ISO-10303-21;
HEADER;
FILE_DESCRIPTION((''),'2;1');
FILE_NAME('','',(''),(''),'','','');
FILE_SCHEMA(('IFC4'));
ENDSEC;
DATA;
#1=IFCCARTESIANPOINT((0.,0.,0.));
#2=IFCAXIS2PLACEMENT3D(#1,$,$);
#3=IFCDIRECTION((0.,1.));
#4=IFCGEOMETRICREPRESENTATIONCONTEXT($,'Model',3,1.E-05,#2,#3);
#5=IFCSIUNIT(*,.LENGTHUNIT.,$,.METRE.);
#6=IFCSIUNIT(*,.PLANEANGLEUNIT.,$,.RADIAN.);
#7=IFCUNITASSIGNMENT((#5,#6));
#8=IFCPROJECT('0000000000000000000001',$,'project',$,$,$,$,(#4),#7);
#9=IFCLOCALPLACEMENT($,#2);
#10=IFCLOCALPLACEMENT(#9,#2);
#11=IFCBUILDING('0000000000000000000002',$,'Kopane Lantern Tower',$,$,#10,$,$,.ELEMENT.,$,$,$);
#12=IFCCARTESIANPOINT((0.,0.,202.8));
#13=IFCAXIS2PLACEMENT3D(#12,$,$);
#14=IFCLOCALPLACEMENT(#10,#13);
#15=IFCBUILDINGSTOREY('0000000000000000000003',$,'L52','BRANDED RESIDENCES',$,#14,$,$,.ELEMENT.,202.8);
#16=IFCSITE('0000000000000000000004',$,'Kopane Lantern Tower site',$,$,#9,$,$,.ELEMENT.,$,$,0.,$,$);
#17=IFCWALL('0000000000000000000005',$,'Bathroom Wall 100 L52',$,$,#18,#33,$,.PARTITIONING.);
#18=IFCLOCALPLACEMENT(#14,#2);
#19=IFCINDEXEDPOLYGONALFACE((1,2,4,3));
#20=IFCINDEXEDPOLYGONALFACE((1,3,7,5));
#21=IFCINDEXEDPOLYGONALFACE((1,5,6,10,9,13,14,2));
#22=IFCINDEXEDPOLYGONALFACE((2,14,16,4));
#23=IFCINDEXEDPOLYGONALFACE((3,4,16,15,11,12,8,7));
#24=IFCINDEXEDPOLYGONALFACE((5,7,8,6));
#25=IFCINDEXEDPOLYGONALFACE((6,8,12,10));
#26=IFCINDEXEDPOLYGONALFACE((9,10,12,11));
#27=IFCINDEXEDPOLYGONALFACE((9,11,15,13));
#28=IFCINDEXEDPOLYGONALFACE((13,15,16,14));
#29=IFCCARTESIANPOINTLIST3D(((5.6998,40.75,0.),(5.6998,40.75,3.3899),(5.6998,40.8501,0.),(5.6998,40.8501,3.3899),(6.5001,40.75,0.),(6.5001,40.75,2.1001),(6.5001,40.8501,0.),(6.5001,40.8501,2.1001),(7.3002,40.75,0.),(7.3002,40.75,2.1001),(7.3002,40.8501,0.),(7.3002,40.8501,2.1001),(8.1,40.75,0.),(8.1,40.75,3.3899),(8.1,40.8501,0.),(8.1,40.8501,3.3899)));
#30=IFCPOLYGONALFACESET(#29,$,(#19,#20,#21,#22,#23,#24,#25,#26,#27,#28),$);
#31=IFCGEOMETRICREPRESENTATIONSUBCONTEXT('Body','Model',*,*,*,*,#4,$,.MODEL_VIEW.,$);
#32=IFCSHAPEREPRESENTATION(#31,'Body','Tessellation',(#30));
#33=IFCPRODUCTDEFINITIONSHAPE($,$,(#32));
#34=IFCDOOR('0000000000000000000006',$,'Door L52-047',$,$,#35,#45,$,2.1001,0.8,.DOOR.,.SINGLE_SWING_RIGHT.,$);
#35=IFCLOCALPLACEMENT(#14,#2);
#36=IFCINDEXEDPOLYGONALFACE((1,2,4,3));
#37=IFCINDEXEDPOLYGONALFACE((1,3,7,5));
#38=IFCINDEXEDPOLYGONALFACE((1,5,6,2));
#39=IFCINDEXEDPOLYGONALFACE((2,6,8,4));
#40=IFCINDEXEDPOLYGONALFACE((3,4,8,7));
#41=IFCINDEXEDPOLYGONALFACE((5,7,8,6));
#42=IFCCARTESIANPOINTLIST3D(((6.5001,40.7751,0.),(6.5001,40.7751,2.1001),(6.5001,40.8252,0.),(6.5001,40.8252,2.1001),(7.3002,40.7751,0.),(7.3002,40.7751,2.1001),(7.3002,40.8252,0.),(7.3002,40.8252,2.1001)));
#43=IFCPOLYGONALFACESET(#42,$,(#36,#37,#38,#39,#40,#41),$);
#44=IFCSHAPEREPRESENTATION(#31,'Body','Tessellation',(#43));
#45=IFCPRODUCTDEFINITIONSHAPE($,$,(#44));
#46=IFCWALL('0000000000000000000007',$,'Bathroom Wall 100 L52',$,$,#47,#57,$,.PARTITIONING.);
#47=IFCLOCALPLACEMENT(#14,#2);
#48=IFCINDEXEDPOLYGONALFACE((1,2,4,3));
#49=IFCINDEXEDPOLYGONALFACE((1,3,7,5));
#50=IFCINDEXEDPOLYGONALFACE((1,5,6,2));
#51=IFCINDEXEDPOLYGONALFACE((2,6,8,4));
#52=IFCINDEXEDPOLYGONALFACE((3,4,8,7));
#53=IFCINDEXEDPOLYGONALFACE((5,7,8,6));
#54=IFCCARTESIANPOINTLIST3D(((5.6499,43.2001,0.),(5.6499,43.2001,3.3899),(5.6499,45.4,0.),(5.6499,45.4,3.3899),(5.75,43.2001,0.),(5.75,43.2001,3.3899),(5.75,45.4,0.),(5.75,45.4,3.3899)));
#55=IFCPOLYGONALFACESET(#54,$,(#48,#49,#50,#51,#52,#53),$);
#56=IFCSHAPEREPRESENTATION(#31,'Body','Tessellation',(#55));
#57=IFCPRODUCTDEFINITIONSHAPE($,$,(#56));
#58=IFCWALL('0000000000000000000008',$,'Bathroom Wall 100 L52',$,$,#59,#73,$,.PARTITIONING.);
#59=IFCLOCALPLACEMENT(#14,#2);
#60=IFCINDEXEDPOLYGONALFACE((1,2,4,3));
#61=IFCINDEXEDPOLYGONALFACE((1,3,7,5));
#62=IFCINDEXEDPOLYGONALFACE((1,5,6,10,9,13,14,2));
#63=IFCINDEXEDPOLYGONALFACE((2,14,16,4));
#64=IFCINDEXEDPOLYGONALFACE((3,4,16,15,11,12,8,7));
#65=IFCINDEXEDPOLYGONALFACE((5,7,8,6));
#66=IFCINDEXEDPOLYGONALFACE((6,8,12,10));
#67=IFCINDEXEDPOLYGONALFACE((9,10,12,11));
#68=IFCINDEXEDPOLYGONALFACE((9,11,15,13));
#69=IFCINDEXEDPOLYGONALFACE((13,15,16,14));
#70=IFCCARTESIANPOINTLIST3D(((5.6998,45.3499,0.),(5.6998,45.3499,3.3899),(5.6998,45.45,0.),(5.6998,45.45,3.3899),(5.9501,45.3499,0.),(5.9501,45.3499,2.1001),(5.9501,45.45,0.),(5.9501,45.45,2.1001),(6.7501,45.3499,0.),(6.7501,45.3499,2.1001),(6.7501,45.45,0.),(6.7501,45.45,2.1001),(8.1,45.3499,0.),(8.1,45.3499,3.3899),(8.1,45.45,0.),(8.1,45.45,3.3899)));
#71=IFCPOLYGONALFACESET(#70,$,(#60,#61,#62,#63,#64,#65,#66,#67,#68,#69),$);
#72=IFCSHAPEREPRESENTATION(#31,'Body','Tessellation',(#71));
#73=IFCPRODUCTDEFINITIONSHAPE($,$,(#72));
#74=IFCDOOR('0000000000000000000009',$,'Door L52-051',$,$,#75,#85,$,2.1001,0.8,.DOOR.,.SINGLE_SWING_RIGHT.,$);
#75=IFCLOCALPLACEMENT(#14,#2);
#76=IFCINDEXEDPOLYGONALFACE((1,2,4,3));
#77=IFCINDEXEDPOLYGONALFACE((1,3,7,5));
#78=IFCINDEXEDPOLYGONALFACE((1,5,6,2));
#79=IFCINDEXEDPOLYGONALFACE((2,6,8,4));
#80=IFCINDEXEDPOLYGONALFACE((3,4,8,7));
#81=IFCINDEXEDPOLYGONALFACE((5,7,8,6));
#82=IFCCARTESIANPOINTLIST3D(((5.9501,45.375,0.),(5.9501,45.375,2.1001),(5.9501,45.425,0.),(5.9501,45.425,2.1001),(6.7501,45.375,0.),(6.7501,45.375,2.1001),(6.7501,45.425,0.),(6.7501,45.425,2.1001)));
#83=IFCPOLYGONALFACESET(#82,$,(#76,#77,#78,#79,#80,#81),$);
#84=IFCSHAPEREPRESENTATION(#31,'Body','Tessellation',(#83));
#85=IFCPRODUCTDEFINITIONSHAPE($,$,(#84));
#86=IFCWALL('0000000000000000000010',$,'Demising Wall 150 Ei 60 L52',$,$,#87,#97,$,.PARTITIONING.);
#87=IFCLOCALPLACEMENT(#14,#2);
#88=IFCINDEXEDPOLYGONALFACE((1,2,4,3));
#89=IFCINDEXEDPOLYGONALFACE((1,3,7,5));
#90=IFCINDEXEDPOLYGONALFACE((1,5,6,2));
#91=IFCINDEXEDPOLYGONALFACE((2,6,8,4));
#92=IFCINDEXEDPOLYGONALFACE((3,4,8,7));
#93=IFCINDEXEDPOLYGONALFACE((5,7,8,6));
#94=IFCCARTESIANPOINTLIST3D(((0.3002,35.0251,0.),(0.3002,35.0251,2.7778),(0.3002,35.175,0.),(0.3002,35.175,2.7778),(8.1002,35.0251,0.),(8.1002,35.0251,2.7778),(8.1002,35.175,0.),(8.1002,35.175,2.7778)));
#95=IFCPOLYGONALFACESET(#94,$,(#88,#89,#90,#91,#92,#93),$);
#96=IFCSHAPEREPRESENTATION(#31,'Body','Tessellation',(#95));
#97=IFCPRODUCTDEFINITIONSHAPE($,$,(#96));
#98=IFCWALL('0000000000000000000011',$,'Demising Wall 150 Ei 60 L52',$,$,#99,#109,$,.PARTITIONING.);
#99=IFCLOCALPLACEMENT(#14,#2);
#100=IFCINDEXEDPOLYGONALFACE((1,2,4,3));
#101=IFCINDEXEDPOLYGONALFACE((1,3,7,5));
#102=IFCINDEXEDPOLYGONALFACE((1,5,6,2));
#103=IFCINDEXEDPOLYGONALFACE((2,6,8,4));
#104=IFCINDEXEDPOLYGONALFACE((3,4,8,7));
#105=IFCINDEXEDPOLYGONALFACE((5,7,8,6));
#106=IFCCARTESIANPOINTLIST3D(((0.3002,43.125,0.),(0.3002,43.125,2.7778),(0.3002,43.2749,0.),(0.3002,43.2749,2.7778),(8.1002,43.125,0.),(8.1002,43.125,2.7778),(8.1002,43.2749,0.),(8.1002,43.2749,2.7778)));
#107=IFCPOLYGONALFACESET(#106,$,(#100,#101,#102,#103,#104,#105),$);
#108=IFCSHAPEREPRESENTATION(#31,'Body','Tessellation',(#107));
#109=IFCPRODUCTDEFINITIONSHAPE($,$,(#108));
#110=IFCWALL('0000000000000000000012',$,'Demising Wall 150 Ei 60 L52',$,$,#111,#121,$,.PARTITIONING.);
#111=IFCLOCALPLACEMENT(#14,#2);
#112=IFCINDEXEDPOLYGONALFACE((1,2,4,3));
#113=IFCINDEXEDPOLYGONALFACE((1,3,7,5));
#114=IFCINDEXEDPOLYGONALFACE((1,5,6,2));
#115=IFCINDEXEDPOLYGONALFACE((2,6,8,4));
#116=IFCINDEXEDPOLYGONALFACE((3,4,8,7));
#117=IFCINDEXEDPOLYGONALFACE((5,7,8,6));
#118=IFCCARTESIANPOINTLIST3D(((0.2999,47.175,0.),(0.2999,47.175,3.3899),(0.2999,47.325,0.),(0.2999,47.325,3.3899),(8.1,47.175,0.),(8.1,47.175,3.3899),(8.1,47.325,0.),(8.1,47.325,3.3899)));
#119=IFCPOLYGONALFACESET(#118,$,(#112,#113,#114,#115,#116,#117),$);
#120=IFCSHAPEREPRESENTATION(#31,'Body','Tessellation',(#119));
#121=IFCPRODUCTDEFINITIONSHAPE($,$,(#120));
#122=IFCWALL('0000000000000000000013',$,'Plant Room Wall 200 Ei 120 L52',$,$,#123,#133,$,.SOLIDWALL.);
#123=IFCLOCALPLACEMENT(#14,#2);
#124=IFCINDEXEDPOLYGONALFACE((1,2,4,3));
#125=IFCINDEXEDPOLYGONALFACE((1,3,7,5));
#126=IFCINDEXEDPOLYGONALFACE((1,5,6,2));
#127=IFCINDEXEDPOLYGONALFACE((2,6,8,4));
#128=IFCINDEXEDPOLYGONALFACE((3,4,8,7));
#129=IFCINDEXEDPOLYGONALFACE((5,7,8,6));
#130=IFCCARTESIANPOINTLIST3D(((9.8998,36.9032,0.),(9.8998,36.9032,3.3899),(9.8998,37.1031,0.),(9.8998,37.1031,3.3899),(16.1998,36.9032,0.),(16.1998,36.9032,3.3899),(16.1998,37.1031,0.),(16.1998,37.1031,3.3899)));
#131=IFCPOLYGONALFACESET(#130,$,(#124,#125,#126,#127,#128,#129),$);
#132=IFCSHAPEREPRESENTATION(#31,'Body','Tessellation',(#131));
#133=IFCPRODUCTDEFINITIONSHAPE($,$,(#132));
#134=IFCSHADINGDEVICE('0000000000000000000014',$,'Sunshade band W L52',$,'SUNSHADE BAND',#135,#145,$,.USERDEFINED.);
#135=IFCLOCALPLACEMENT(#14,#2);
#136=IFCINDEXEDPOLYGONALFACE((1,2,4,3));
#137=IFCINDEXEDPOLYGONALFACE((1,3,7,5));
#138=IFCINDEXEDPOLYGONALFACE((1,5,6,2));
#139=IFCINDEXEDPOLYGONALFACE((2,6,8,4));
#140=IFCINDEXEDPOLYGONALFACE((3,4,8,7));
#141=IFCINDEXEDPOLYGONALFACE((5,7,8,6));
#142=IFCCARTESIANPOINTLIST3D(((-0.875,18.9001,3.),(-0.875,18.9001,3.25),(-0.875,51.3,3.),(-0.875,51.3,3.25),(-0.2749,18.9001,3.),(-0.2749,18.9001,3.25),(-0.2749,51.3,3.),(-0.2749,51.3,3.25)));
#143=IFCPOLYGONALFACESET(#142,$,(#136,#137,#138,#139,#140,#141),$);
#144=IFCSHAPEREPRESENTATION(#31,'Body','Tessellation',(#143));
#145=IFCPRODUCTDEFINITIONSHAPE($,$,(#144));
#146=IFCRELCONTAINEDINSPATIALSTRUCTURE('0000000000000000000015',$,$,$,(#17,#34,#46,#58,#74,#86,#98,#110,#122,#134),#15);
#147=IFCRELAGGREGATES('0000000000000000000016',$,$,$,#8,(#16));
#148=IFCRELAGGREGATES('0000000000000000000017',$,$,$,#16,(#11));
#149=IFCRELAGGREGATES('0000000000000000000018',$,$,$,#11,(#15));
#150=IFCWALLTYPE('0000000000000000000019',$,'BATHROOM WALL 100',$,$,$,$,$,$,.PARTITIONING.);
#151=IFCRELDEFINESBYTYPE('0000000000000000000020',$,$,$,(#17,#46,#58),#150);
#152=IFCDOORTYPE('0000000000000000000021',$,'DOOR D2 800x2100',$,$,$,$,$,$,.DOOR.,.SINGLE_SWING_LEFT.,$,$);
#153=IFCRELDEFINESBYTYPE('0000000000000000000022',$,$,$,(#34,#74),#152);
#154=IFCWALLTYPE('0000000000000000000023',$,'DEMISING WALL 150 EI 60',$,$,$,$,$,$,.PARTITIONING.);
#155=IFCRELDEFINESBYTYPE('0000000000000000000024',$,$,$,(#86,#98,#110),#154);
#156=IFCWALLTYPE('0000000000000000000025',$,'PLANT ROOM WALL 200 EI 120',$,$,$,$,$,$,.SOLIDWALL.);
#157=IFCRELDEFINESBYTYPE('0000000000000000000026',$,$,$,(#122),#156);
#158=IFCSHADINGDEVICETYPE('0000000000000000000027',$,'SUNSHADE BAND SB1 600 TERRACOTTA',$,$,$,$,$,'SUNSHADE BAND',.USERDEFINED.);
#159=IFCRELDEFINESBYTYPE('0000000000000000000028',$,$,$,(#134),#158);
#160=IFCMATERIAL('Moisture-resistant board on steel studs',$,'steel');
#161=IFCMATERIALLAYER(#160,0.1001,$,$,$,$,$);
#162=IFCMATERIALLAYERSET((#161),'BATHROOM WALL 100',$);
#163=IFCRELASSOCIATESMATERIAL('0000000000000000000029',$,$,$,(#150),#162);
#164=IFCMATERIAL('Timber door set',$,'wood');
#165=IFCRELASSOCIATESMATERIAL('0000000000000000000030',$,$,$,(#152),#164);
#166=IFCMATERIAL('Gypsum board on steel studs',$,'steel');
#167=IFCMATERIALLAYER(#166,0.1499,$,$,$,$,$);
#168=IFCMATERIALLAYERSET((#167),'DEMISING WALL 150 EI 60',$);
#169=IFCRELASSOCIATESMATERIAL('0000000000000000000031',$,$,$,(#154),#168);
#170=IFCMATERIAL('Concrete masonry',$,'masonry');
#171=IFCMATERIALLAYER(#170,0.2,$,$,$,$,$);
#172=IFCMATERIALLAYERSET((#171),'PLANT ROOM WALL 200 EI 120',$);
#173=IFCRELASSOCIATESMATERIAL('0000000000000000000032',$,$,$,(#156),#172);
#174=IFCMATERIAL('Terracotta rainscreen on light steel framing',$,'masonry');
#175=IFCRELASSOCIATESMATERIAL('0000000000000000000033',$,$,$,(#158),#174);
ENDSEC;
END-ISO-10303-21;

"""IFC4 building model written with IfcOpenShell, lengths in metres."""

from ifc_helpers import new_model, si_unit, direction, frame, frame_2d, origin, origin_2d, place, context, subcontext, project, spatial, rectangle, extrude, material, layer, layer_set, type_object, element, fill, save


model = new_model("IFC4")

# Units and contexts
model_context = context("Model", 3, precision=1e-05, world=origin(), true_north=direction((0.0, 1.0)))
body_context = subcontext(model_context, "Body", "Model", "MODEL_VIEW")
ifc_project = project(units=[si_unit("LENGTHUNIT", "METRE"), si_unit("PLANEANGLEUNIT", "RADIAN")], contexts=[model_context])

# Site, building, storey
site_placement = place(None, origin())
site = spatial("IfcSite", under=ifc_project, at=site_placement, Name="Kopane Lantern Tower site", CompositionType="ELEMENT", RefElevation=0.0)
building_placement = place(site_placement, origin())
building = spatial("IfcBuilding", under=site, at=building_placement, Name="Kopane Lantern Tower", CompositionType="ELEMENT")
storey_placement = place(building_placement, frame((0.0, 0.0, 202.8)))
storey = spatial("IfcBuildingStorey", under=building, at=storey_placement, Name="L52", Description="BRANDED RESIDENCES", CompositionType="ELEMENT", Elevation=202.8)

# Wall, opening, door
ifc_material_1 = material(Name="Moisture-resistant board on steel studs", Category="steel")
ifc_layer_1 = layer(ifc_material_1, 0.1001)
ifc_layer_set_1 = layer_set([ifc_layer_1], Name="BATHROOM WALL 100")
wall_type_1 = type_object("IfcWallType", Name="BATHROOM WALL 100", PredefinedType="PARTITIONING", material=ifc_layer_set_1)
ifc_material_2 = material(Name="Timber door set", Category="wood")
door_type = type_object("IfcDoorType", Name="DOOR D2 800x2100", OperationType="SINGLE_SWING_LEFT", PredefinedType="DOOR", material=ifc_material_2)
wall_1_placement = place(storey_placement, frame((8.1001, 40.8, 0.0), z_axis=(0.0, 0.0, 1.0), x_axis=(-1.0, 0.0, 0.0)))
wall_1 = element("IfcWall", 1, at=wall_1_placement, inside=storey, type_object=wall_type_1, Name="Bathroom Wall 100 L52", PredefinedType="PARTITIONING", context=body_context, shape_type="SweptSolid", body=[
    extrude(rectangle(XDim=2.4001, YDim=0.1001, at=frame_2d((1.2002, 0.0))), origin(), (0.0, 0.0, 1.0), 3.3899),
])
opening_1_placement = place(wall_1_placement, frame((0.8, 0.0, 0.0)))
opening_1 = element("IfcOpeningElement", 2, at=opening_1_placement, cuts=wall_1, PredefinedType="OPENING", context=body_context, shape_type="SweptSolid", body=[
    extrude(rectangle(XDim=0.8, YDim=2.1001, at=frame_2d((0.3999, 1.05))), frame((0.0, 0.0601, 0.0), z_axis=(0.0, -1.0, 0.0), x_axis=(1.0, 0.0, 0.0)), (0.0, 0.0, 1.0), 0.1201),
])
door_1_placement = place(opening_1_placement, origin())
door_1 = element("IfcDoor", 3, at=door_1_placement, inside=storey, type_object=door_type, Name="Door L52-047", OperationType="SINGLE_SWING_RIGHT", OverallHeight=2.1001, OverallWidth=0.8, PredefinedType="DOOR", context=body_context, shape_type="SweptSolid", body=[
    extrude(rectangle(XDim=0.8, YDim=2.1001, at=frame_2d((0.3999, 1.05))), frame((0.0, 0.0249, 0.0), z_axis=(0.0, -1.0, 0.0), x_axis=(1.0, 0.0, 0.0)), (0.0, 0.0, 1.0), 0.05),
])
fill(opening_1, door_1)

# Wall
wall_2_placement = place(storey_placement, frame((5.7, 43.2, 0.0), z_axis=(0.0, 0.0, 1.0), x_axis=(0.0, 1.0, 0.0)))
element("IfcWall", 4, at=wall_2_placement, inside=storey, type_object=wall_type_1, Name="Bathroom Wall 100 L52", PredefinedType="PARTITIONING", context=body_context, shape_type="SweptSolid", body=[
    extrude(rectangle(XDim=2.2, YDim=0.1001, at=frame_2d((1.1001, 0.0))), origin(), (0.0, 0.0, 1.0), 3.3899),
])

# Wall, opening, door
wall_3_placement = place(storey_placement, frame((8.1001, 45.3999, 0.0), z_axis=(0.0, 0.0, 1.0), x_axis=(-1.0, 0.0, 0.0)))
wall_3 = element("IfcWall", 5, at=wall_3_placement, inside=storey, type_object=wall_type_1, Name="Bathroom Wall 100 L52", PredefinedType="PARTITIONING", context=body_context, shape_type="SweptSolid", body=[
    extrude(rectangle(XDim=2.4001, YDim=0.1001, at=frame_2d((1.2002, 0.0))), origin(), (0.0, 0.0, 1.0), 3.3899),
])
opening_2_placement = place(wall_3_placement, frame((1.3501, 0.0, 0.0)))
opening_2 = element("IfcOpeningElement", 6, at=opening_2_placement, cuts=wall_3, PredefinedType="OPENING", context=body_context, shape_type="SweptSolid", body=[
    extrude(rectangle(XDim=0.8, YDim=2.1001, at=frame_2d((0.3999, 1.05))), frame((0.0, 0.0601, 0.0), z_axis=(0.0, -1.0, 0.0), x_axis=(1.0, 0.0, 0.0)), (0.0, 0.0, 1.0), 0.1201),
])
door_2_placement = place(opening_2_placement, origin())
door_2 = element("IfcDoor", 7, at=door_2_placement, inside=storey, type_object=door_type, Name="Door L52-051", OperationType="SINGLE_SWING_RIGHT", OverallHeight=2.1001, OverallWidth=0.8, PredefinedType="DOOR", context=body_context, shape_type="SweptSolid", body=[
    extrude(rectangle(XDim=0.8, YDim=2.1001, at=frame_2d((0.3999, 1.05))), frame((0.0, 0.0249, 0.0), z_axis=(0.0, -1.0, 0.0), x_axis=(1.0, 0.0, 0.0)), (0.0, 0.0, 1.0), 0.05),
])
fill(opening_2, door_2)

# Walls
ifc_material_3 = material(Name="Gypsum board on steel studs", Category="steel")
ifc_layer_2 = layer(ifc_material_3, 0.1499)
ifc_layer_set_2 = layer_set([ifc_layer_2], Name="DEMISING WALL 150 EI 60")
wall_type_2 = type_object("IfcWallType", Name="DEMISING WALL 150 EI 60", PredefinedType="PARTITIONING", material=ifc_layer_set_2)
for number, where, z_axis, x_axis, name in (
    (8, (8.1001, 35.1001, 0.0), (0.0, 0.0, 1.0), (-1.0, 0.0, 0.0), "Demising Wall 150 Ei 60 L52"),
    (9, (8.1001, 43.2, 0.0), (0.0, 0.0, 1.0), (-1.0, 0.0, 0.0), "Demising Wall 150 Ei 60 L52"),
):
    element("IfcWall", number, at=place(storey_placement, frame(where, z_axis=z_axis, x_axis=x_axis)), inside=storey, type_object=wall_type_2, Name=name, PredefinedType="PARTITIONING", context=body_context, shape_type="SweptSolid", body=[
        extrude(rectangle(XDim=7.8, YDim=0.1499, at=frame_2d((3.8999, 0.0))), origin(), (0.0, 0.0, 1.0), 2.7778),
    ])
wall_4_placement = place(storey_placement, frame((0.3, 47.25, 0.0), z_axis=(0.0, 0.0, 1.0), x_axis=(1.0, 0.0, 0.0)))
element("IfcWall", 10, at=wall_4_placement, inside=storey, type_object=wall_type_2, Name="Demising Wall 150 Ei 60 L52", PredefinedType="PARTITIONING", context=body_context, shape_type="SweptSolid", body=[
    extrude(rectangle(XDim=7.8, YDim=0.1499, at=frame_2d((3.8999, 0.0))), origin(), (0.0, 0.0, 1.0), 3.3899),
])
ifc_material_4 = material(Name="Concrete masonry", Category="masonry")
ifc_layer_3 = layer(ifc_material_4, 0.2)
ifc_layer_set_3 = layer_set([ifc_layer_3], Name="PLANT ROOM WALL 200 EI 120")
wall_type_3 = type_object("IfcWallType", Name="PLANT ROOM WALL 200 EI 120", PredefinedType="SOLIDWALL", material=ifc_layer_set_3)
wall_5_placement = place(storey_placement, frame((9.8999, 37.0032, 0.0), z_axis=(0.0, 0.0, 1.0), x_axis=(1.0, 0.0, 0.0)))
element("IfcWall", 11, at=wall_5_placement, inside=storey, type_object=wall_type_3, Name="Plant Room Wall 200 Ei 120 L52", PredefinedType="SOLIDWALL", context=body_context, shape_type="SweptSolid", body=[
    extrude(rectangle(XDim=6.3, YDim=0.2, at=frame_2d((3.1499, 0.0))), origin(), (0.0, 0.0, 1.0), 3.3899),
])

# Shading device
ifc_material_5 = material(Name="Terracotta rainscreen on light steel framing", Category="masonry")
shading_device_type = type_object("IfcShadingDeviceType", Name="SUNSHADE BAND SB1 600 TERRACOTTA", ElementType="SUNSHADE BAND", PredefinedType="USERDEFINED", material=ifc_material_5)
shading_device_placement = place(storey_placement, frame((-0.575, 35.1001, 3.0), z_axis=(0.0, 0.0, 1.0), x_axis=(0.0, -1.0, 0.0)))
element("IfcShadingDevice", 12, at=shading_device_placement, inside=storey, type_object=shading_device_type, Name="Sunshade band W L52", ObjectType="SUNSHADE BAND", PredefinedType="USERDEFINED", context=body_context, shape_type="SweptSolid", body=[
    extrude(rectangle(XDim=32.3999, YDim=0.6001, at=origin_2d()), origin(), (0.0, 0.0, 1.0), 0.25),
])

save(model, "model.ifc")
